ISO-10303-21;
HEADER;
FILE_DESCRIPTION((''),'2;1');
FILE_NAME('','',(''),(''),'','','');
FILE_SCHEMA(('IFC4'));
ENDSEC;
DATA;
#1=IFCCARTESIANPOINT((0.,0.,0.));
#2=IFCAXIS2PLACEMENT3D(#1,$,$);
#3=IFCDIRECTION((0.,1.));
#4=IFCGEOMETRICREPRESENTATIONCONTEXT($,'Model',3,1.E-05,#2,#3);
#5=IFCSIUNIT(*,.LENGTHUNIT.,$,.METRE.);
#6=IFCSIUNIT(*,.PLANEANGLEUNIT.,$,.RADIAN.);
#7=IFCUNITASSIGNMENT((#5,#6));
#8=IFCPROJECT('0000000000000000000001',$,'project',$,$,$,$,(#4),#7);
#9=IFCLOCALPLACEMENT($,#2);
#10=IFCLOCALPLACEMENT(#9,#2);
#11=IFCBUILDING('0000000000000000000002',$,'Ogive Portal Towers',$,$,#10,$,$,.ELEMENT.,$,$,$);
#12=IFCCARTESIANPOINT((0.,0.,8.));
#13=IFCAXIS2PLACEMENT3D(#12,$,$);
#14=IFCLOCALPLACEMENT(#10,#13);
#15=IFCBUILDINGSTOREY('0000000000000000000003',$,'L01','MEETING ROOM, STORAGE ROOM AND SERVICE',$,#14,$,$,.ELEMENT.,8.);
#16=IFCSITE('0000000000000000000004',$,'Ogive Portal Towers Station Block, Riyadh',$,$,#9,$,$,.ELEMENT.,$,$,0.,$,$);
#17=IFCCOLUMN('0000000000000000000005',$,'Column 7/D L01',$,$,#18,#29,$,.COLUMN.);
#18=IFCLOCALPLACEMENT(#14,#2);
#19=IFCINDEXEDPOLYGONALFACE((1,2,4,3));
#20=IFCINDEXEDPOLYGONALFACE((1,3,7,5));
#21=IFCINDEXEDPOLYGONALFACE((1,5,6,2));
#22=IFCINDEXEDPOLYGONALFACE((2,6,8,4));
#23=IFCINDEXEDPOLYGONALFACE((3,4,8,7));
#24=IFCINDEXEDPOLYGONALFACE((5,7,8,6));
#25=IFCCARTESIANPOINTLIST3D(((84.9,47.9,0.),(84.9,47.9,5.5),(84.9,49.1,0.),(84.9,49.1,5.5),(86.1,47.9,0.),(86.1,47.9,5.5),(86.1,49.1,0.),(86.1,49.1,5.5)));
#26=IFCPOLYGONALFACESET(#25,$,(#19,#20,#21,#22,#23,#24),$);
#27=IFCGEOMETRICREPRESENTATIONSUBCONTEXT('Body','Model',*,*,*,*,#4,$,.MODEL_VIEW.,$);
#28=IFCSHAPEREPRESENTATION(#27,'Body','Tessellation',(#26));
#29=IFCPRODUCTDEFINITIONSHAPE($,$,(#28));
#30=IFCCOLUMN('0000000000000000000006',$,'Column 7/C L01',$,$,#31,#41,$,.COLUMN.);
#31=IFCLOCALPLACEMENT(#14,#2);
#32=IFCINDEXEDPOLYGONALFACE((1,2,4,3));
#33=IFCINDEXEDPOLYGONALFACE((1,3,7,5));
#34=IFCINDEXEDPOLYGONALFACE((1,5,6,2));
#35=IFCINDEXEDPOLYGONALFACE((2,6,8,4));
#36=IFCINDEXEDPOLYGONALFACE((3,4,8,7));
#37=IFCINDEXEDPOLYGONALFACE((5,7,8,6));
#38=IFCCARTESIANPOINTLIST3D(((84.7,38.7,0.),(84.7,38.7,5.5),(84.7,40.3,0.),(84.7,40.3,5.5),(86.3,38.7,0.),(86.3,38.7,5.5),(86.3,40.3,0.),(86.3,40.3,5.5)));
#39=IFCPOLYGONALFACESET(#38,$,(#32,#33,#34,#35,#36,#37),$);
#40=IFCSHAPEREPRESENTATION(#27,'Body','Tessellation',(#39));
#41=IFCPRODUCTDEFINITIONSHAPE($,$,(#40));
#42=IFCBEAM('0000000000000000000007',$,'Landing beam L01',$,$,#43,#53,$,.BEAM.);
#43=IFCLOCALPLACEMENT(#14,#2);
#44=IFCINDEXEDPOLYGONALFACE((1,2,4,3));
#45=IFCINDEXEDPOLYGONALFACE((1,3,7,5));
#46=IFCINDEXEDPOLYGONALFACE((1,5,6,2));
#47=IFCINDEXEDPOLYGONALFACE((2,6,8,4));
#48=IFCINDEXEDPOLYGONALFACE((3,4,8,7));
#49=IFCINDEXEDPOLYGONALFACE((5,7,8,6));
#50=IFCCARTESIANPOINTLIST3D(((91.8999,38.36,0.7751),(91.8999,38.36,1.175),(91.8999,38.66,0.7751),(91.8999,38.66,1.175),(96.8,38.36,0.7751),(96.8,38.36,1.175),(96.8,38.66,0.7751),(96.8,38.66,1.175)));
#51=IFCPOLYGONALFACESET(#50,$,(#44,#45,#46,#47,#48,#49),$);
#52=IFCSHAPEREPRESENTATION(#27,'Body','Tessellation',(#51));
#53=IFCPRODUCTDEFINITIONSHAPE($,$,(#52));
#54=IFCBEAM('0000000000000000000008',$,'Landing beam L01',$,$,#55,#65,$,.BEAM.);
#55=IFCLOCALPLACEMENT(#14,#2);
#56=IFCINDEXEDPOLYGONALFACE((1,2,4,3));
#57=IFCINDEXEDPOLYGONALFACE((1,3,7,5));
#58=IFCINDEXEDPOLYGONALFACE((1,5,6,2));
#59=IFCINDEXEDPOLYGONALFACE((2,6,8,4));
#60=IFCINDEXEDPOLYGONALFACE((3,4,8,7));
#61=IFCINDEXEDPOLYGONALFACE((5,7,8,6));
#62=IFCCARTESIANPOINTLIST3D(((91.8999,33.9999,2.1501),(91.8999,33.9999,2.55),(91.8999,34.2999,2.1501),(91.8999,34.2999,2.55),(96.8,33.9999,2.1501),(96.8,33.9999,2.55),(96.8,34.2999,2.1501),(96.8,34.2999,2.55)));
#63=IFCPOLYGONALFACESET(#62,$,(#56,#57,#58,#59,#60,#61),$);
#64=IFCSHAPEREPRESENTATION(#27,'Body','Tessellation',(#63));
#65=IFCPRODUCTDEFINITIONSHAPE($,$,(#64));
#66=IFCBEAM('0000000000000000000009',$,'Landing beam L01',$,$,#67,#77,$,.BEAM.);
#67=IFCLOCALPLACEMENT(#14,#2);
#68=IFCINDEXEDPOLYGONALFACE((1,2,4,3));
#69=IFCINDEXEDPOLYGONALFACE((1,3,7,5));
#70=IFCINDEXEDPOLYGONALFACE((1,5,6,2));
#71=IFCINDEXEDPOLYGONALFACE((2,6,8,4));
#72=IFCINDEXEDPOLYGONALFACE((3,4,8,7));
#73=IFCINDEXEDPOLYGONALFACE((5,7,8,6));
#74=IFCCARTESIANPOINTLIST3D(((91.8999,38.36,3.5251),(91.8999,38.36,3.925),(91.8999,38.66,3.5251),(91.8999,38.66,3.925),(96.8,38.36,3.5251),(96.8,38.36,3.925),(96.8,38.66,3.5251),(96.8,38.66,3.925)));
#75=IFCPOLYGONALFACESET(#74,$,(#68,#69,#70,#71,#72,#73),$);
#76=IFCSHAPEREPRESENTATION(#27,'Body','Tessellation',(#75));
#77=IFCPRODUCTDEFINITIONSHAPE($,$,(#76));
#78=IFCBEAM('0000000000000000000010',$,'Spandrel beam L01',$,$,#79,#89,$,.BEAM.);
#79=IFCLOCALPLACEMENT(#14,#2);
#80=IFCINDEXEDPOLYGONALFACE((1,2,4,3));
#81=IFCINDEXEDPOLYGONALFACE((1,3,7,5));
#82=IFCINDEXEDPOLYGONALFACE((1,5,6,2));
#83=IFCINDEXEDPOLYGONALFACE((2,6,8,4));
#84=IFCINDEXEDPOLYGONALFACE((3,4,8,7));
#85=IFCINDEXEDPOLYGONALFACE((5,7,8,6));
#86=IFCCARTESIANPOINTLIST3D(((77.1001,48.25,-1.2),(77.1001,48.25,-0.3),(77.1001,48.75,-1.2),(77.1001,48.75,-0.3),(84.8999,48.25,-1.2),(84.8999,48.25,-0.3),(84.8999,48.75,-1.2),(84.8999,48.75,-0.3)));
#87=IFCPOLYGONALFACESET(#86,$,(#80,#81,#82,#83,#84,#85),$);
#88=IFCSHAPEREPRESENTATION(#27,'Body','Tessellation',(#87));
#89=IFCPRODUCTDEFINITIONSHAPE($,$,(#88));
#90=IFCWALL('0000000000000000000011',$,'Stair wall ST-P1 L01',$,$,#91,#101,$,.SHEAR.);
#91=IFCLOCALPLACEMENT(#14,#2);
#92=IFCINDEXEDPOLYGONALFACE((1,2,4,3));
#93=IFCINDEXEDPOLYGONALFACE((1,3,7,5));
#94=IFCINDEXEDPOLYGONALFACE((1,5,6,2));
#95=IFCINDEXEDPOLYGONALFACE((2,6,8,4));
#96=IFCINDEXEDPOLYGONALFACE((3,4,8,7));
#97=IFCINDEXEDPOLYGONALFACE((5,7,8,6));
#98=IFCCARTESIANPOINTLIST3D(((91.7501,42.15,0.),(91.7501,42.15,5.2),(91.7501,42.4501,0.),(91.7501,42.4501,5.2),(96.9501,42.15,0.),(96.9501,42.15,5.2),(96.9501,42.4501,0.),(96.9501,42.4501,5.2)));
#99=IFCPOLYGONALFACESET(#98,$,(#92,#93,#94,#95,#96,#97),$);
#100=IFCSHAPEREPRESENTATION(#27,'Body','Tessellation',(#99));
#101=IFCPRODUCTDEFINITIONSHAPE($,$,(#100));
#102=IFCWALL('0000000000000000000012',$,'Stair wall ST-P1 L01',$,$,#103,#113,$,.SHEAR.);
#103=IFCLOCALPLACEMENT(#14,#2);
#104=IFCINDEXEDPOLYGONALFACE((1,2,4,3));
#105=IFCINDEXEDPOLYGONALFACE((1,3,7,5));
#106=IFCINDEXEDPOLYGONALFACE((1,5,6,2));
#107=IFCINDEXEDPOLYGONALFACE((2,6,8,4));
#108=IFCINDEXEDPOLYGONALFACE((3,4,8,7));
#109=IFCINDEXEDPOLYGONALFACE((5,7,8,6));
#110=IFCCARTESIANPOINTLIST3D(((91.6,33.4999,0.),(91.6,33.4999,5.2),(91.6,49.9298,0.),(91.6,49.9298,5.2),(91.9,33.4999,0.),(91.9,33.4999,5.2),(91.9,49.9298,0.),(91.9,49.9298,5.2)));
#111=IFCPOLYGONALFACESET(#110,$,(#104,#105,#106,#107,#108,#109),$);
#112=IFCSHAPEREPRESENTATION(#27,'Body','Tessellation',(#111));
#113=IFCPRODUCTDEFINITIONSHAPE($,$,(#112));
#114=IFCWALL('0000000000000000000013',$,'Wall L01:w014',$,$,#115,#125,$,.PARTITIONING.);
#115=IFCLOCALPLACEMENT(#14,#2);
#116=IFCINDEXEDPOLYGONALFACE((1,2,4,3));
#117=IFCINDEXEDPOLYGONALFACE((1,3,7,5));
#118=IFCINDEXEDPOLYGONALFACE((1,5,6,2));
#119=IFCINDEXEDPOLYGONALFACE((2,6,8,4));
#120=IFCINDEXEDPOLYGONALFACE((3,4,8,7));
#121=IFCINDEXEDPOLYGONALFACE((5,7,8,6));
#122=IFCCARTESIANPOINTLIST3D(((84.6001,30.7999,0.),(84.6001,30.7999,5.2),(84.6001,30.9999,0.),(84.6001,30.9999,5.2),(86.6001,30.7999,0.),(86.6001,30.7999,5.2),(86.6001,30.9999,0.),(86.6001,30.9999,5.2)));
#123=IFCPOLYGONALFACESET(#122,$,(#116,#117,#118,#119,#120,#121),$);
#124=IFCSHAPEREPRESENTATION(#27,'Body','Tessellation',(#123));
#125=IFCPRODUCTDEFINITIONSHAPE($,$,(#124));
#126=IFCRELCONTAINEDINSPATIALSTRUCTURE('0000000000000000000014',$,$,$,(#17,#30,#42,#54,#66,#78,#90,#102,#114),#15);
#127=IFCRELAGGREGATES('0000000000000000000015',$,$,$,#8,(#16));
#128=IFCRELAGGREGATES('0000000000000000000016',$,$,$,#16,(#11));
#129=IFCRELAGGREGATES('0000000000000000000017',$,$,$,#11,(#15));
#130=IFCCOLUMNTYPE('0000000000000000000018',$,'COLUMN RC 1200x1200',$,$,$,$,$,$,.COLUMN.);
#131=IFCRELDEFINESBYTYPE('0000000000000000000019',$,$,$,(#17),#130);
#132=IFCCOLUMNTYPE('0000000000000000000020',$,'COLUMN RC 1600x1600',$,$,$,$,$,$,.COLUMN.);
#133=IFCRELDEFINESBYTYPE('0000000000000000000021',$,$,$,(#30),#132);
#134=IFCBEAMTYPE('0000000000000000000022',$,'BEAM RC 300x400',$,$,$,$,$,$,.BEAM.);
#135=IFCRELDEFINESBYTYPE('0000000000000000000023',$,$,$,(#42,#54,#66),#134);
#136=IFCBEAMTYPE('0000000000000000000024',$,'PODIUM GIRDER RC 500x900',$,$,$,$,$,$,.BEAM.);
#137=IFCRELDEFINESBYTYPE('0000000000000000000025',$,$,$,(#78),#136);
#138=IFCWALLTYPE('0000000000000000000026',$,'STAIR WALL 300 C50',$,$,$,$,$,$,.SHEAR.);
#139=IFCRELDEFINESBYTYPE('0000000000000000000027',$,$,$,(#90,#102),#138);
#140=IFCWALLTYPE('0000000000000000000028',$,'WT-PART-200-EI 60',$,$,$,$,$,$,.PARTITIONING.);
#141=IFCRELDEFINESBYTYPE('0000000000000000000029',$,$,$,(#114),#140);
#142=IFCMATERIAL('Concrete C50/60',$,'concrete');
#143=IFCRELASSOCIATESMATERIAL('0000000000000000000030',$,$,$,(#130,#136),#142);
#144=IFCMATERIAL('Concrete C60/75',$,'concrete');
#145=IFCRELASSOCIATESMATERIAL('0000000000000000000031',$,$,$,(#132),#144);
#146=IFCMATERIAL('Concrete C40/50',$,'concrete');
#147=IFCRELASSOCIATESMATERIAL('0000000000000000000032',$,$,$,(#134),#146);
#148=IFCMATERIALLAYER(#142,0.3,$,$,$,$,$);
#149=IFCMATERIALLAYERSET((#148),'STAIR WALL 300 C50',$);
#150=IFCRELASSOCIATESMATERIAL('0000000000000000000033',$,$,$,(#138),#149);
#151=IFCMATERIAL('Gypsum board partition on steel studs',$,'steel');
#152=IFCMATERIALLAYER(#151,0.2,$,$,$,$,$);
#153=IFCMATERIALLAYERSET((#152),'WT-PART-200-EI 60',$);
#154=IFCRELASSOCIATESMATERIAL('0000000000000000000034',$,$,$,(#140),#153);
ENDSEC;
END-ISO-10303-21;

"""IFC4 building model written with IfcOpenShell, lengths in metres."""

from ifc_helpers import new_model, si_unit, direction, frame, frame_2d, origin, origin_2d, place, context, subcontext, project, spatial, rectangle, extrude, material, layer, layer_set, material_profile, profile_set, type_object, element, save


model = new_model("IFC4")

# Units and contexts
model_context = context("Model", 3, precision=1e-05, world=origin(), true_north=direction((0.0, 1.0)))
body_context = subcontext(model_context, "Body", "Model", "MODEL_VIEW")
ifc_project = project(units=[si_unit("LENGTHUNIT", "METRE"), si_unit("PLANEANGLEUNIT", "RADIAN")], contexts=[model_context])

# Site, building, storey
site_placement = place(None, origin())
site = spatial("IfcSite", under=ifc_project, at=site_placement, Name="Ogive Portal Towers Station Block, Riyadh", CompositionType="ELEMENT", RefElevation=0.0)
building_placement = place(site_placement, origin())
building = spatial("IfcBuilding", under=site, at=building_placement, Name="Ogive Portal Towers", CompositionType="ELEMENT")
storey_placement = place(building_placement, frame((0.0, 0.0, 8.0)))
storey = spatial("IfcBuildingStorey", under=building, at=storey_placement, Name="L01", Description="MEETING ROOM, STORAGE ROOM AND SERVICE", CompositionType="ELEMENT", Elevation=8.0)

# Columns
ifc_material_1 = material(Name="Concrete C50/60", Category="concrete")
ifc_material_profile_1 = material_profile(ifc_material_1, rectangle(XDim=1.2, YDim=1.2, at=origin_2d()), Name="RC 1200x1200")
ifc_profile_set_1 = profile_set([ifc_material_profile_1], Name="Concrete C50/60")
column_type_1 = type_object("IfcColumnType", Name="COLUMN RC 1200x1200", PredefinedType="COLUMN", material=ifc_profile_set_1)
column_1_placement = place(storey_placement, frame((85.5, 48.5, 0.0), z_axis=(0.0, 0.0, 1.0), x_axis=(1.0, 0.0, 0.0)))
element("IfcColumn", 1, at=column_1_placement, inside=storey, type_object=column_type_1, Name="Column 7/D L01", PredefinedType="COLUMN", context=body_context, shape_type="SweptSolid", body=[
    extrude(rectangle(XDim=1.2, YDim=1.2, at=origin_2d()), origin(), (0.0, 0.0, 1.0), 5.5),
])
ifc_material_2 = material(Name="Concrete C60/75", Category="concrete")
ifc_material_profile_2 = material_profile(ifc_material_2, rectangle(XDim=1.6001, YDim=1.6001, at=origin_2d()), Name="RC 1600x1600")
ifc_profile_set_2 = profile_set([ifc_material_profile_2], Name="Concrete C60/75")
column_type_2 = type_object("IfcColumnType", Name="COLUMN RC 1600x1600", PredefinedType="COLUMN", material=ifc_profile_set_2)
column_2_placement = place(storey_placement, frame((85.5, 39.5, 0.0), z_axis=(0.0, 0.0, 1.0), x_axis=(1.0, 0.0, 0.0)))
element("IfcColumn", 2, at=column_2_placement, inside=storey, type_object=column_type_2, Name="Column 7/C L01", PredefinedType="COLUMN", context=body_context, shape_type="SweptSolid", body=[
    extrude(rectangle(XDim=1.6001, YDim=1.6001, at=origin_2d()), origin(), (0.0, 0.0, 1.0), 5.5),
])

# Beams
ifc_material_3 = material(Name="Concrete C40/50", Category="concrete")
ifc_material_profile_3 = material_profile(ifc_material_3, rectangle(XDim=0.3, YDim=0.3999, at=origin_2d()), Name="RC 300x400")
ifc_profile_set_3 = profile_set([ifc_material_profile_3], Name="Concrete C40/50")
beam_type_1 = type_object("IfcBeamType", Name="BEAM RC 300x400", PredefinedType="BEAM", material=ifc_profile_set_3)
for number, where, z_axis, x_axis, name in (
    (3, (91.8999, 38.51, 0.9751), (1.0, 0.0, 0.0), (0.0, 1.0, 0.0), "Landing beam L01"),
    (4, (91.8999, 34.1499, 2.3501), (1.0, 0.0, 0.0), (0.0, 1.0, 0.0), "Landing beam L01"),
    (5, (91.8999, 38.51, 3.7251), (1.0, 0.0, 0.0), (0.0, 1.0, 0.0), "Landing beam L01"),
):
    element("IfcBeam", number, at=place(storey_placement, frame(where, z_axis=z_axis, x_axis=x_axis)), inside=storey, type_object=beam_type_1, Name=name, PredefinedType="BEAM", context=body_context, shape_type="SweptSolid", body=[
        extrude(rectangle(XDim=0.3, YDim=0.3999, at=origin_2d()), origin(), (0.0, 0.0, 1.0), 4.9001),
    ])
ifc_material_profile_4 = material_profile(ifc_material_1, rectangle(XDim=0.5, YDim=0.8999, at=origin_2d()), Name="RC 500x900")
ifc_profile_set_4 = profile_set([ifc_material_profile_4], Name="Concrete C50/60")
beam_type_2 = type_object("IfcBeamType", Name="PODIUM GIRDER RC 500x900", PredefinedType="BEAM", material=ifc_profile_set_4)
beam_placement = place(storey_placement, frame((84.8999, 48.5, -0.75), z_axis=(-1.0, 0.0, 0.0), x_axis=(0.0, -1.0, 0.0)))
element("IfcBeam", 6, at=beam_placement, inside=storey, type_object=beam_type_2, Name="Spandrel beam L01", PredefinedType="BEAM", context=body_context, shape_type="SweptSolid", body=[
    extrude(rectangle(XDim=0.5, YDim=0.8999, at=origin_2d()), origin(), (0.0, 0.0, 1.0), 7.7998),
])

# Walls
ifc_layer_1 = layer(ifc_material_1, 0.3)
ifc_layer_set_1 = layer_set([ifc_layer_1], Name="STAIR WALL 300 C50")
wall_type_1 = type_object("IfcWallType", Name="STAIR WALL 300 C50", PredefinedType="SHEAR", material=ifc_layer_set_1)
wall_1_placement = place(storey_placement, frame((91.75, 42.3, 0.0), z_axis=(0.0, 0.0, 1.0), x_axis=(1.0, 0.0, 0.0)))
element("IfcWall", 7, at=wall_1_placement, inside=storey, type_object=wall_type_1, Name="Stair wall ST-P1 L01", PredefinedType="SHEAR", context=body_context, shape_type="SweptSolid", body=[
    extrude(rectangle(XDim=5.2, YDim=0.3, at=frame_2d((2.6001, 0.0))), origin(), (0.0, 0.0, 1.0), 5.2),
])
wall_2_placement = place(storey_placement, frame((91.75, 33.5, 0.0), z_axis=(0.0, 0.0, 1.0), x_axis=(0.0, 1.0, 0.0)))
element("IfcWall", 8, at=wall_2_placement, inside=storey, type_object=wall_type_1, Name="Stair wall ST-P1 L01", PredefinedType="SHEAR", context=body_context, shape_type="SweptSolid", body=[
    extrude(rectangle(XDim=16.4299, YDim=0.3, at=frame_2d((8.2148, 0.0))), origin(), (0.0, 0.0, 1.0), 5.2),
])
ifc_material_4 = material(Name="Gypsum board partition on steel studs", Category="steel")
ifc_layer_2 = layer(ifc_material_4, 0.2)
ifc_layer_set_2 = layer_set([ifc_layer_2], Name="WT-PART-200-EI 60")
wall_type_2 = type_object("IfcWallType", Name="WT-PART-200-EI 60", PredefinedType="PARTITIONING", material=ifc_layer_set_2)
wall_3_placement = place(storey_placement, frame((84.6001, 30.8999, 0.0), z_axis=(0.0, 0.0, 1.0), x_axis=(1.0, 0.0, 0.0)))
element("IfcWall", 9, at=wall_3_placement, inside=storey, type_object=wall_type_2, Name="Wall L01:w014", PredefinedType="PARTITIONING", context=body_context, shape_type="SweptSolid", body=[
    extrude(rectangle(XDim=2.0, YDim=0.2, at=frame_2d((1.0, 0.0))), origin(), (0.0, 0.0, 1.0), 5.2),
])

save(model, "model.ifc")
